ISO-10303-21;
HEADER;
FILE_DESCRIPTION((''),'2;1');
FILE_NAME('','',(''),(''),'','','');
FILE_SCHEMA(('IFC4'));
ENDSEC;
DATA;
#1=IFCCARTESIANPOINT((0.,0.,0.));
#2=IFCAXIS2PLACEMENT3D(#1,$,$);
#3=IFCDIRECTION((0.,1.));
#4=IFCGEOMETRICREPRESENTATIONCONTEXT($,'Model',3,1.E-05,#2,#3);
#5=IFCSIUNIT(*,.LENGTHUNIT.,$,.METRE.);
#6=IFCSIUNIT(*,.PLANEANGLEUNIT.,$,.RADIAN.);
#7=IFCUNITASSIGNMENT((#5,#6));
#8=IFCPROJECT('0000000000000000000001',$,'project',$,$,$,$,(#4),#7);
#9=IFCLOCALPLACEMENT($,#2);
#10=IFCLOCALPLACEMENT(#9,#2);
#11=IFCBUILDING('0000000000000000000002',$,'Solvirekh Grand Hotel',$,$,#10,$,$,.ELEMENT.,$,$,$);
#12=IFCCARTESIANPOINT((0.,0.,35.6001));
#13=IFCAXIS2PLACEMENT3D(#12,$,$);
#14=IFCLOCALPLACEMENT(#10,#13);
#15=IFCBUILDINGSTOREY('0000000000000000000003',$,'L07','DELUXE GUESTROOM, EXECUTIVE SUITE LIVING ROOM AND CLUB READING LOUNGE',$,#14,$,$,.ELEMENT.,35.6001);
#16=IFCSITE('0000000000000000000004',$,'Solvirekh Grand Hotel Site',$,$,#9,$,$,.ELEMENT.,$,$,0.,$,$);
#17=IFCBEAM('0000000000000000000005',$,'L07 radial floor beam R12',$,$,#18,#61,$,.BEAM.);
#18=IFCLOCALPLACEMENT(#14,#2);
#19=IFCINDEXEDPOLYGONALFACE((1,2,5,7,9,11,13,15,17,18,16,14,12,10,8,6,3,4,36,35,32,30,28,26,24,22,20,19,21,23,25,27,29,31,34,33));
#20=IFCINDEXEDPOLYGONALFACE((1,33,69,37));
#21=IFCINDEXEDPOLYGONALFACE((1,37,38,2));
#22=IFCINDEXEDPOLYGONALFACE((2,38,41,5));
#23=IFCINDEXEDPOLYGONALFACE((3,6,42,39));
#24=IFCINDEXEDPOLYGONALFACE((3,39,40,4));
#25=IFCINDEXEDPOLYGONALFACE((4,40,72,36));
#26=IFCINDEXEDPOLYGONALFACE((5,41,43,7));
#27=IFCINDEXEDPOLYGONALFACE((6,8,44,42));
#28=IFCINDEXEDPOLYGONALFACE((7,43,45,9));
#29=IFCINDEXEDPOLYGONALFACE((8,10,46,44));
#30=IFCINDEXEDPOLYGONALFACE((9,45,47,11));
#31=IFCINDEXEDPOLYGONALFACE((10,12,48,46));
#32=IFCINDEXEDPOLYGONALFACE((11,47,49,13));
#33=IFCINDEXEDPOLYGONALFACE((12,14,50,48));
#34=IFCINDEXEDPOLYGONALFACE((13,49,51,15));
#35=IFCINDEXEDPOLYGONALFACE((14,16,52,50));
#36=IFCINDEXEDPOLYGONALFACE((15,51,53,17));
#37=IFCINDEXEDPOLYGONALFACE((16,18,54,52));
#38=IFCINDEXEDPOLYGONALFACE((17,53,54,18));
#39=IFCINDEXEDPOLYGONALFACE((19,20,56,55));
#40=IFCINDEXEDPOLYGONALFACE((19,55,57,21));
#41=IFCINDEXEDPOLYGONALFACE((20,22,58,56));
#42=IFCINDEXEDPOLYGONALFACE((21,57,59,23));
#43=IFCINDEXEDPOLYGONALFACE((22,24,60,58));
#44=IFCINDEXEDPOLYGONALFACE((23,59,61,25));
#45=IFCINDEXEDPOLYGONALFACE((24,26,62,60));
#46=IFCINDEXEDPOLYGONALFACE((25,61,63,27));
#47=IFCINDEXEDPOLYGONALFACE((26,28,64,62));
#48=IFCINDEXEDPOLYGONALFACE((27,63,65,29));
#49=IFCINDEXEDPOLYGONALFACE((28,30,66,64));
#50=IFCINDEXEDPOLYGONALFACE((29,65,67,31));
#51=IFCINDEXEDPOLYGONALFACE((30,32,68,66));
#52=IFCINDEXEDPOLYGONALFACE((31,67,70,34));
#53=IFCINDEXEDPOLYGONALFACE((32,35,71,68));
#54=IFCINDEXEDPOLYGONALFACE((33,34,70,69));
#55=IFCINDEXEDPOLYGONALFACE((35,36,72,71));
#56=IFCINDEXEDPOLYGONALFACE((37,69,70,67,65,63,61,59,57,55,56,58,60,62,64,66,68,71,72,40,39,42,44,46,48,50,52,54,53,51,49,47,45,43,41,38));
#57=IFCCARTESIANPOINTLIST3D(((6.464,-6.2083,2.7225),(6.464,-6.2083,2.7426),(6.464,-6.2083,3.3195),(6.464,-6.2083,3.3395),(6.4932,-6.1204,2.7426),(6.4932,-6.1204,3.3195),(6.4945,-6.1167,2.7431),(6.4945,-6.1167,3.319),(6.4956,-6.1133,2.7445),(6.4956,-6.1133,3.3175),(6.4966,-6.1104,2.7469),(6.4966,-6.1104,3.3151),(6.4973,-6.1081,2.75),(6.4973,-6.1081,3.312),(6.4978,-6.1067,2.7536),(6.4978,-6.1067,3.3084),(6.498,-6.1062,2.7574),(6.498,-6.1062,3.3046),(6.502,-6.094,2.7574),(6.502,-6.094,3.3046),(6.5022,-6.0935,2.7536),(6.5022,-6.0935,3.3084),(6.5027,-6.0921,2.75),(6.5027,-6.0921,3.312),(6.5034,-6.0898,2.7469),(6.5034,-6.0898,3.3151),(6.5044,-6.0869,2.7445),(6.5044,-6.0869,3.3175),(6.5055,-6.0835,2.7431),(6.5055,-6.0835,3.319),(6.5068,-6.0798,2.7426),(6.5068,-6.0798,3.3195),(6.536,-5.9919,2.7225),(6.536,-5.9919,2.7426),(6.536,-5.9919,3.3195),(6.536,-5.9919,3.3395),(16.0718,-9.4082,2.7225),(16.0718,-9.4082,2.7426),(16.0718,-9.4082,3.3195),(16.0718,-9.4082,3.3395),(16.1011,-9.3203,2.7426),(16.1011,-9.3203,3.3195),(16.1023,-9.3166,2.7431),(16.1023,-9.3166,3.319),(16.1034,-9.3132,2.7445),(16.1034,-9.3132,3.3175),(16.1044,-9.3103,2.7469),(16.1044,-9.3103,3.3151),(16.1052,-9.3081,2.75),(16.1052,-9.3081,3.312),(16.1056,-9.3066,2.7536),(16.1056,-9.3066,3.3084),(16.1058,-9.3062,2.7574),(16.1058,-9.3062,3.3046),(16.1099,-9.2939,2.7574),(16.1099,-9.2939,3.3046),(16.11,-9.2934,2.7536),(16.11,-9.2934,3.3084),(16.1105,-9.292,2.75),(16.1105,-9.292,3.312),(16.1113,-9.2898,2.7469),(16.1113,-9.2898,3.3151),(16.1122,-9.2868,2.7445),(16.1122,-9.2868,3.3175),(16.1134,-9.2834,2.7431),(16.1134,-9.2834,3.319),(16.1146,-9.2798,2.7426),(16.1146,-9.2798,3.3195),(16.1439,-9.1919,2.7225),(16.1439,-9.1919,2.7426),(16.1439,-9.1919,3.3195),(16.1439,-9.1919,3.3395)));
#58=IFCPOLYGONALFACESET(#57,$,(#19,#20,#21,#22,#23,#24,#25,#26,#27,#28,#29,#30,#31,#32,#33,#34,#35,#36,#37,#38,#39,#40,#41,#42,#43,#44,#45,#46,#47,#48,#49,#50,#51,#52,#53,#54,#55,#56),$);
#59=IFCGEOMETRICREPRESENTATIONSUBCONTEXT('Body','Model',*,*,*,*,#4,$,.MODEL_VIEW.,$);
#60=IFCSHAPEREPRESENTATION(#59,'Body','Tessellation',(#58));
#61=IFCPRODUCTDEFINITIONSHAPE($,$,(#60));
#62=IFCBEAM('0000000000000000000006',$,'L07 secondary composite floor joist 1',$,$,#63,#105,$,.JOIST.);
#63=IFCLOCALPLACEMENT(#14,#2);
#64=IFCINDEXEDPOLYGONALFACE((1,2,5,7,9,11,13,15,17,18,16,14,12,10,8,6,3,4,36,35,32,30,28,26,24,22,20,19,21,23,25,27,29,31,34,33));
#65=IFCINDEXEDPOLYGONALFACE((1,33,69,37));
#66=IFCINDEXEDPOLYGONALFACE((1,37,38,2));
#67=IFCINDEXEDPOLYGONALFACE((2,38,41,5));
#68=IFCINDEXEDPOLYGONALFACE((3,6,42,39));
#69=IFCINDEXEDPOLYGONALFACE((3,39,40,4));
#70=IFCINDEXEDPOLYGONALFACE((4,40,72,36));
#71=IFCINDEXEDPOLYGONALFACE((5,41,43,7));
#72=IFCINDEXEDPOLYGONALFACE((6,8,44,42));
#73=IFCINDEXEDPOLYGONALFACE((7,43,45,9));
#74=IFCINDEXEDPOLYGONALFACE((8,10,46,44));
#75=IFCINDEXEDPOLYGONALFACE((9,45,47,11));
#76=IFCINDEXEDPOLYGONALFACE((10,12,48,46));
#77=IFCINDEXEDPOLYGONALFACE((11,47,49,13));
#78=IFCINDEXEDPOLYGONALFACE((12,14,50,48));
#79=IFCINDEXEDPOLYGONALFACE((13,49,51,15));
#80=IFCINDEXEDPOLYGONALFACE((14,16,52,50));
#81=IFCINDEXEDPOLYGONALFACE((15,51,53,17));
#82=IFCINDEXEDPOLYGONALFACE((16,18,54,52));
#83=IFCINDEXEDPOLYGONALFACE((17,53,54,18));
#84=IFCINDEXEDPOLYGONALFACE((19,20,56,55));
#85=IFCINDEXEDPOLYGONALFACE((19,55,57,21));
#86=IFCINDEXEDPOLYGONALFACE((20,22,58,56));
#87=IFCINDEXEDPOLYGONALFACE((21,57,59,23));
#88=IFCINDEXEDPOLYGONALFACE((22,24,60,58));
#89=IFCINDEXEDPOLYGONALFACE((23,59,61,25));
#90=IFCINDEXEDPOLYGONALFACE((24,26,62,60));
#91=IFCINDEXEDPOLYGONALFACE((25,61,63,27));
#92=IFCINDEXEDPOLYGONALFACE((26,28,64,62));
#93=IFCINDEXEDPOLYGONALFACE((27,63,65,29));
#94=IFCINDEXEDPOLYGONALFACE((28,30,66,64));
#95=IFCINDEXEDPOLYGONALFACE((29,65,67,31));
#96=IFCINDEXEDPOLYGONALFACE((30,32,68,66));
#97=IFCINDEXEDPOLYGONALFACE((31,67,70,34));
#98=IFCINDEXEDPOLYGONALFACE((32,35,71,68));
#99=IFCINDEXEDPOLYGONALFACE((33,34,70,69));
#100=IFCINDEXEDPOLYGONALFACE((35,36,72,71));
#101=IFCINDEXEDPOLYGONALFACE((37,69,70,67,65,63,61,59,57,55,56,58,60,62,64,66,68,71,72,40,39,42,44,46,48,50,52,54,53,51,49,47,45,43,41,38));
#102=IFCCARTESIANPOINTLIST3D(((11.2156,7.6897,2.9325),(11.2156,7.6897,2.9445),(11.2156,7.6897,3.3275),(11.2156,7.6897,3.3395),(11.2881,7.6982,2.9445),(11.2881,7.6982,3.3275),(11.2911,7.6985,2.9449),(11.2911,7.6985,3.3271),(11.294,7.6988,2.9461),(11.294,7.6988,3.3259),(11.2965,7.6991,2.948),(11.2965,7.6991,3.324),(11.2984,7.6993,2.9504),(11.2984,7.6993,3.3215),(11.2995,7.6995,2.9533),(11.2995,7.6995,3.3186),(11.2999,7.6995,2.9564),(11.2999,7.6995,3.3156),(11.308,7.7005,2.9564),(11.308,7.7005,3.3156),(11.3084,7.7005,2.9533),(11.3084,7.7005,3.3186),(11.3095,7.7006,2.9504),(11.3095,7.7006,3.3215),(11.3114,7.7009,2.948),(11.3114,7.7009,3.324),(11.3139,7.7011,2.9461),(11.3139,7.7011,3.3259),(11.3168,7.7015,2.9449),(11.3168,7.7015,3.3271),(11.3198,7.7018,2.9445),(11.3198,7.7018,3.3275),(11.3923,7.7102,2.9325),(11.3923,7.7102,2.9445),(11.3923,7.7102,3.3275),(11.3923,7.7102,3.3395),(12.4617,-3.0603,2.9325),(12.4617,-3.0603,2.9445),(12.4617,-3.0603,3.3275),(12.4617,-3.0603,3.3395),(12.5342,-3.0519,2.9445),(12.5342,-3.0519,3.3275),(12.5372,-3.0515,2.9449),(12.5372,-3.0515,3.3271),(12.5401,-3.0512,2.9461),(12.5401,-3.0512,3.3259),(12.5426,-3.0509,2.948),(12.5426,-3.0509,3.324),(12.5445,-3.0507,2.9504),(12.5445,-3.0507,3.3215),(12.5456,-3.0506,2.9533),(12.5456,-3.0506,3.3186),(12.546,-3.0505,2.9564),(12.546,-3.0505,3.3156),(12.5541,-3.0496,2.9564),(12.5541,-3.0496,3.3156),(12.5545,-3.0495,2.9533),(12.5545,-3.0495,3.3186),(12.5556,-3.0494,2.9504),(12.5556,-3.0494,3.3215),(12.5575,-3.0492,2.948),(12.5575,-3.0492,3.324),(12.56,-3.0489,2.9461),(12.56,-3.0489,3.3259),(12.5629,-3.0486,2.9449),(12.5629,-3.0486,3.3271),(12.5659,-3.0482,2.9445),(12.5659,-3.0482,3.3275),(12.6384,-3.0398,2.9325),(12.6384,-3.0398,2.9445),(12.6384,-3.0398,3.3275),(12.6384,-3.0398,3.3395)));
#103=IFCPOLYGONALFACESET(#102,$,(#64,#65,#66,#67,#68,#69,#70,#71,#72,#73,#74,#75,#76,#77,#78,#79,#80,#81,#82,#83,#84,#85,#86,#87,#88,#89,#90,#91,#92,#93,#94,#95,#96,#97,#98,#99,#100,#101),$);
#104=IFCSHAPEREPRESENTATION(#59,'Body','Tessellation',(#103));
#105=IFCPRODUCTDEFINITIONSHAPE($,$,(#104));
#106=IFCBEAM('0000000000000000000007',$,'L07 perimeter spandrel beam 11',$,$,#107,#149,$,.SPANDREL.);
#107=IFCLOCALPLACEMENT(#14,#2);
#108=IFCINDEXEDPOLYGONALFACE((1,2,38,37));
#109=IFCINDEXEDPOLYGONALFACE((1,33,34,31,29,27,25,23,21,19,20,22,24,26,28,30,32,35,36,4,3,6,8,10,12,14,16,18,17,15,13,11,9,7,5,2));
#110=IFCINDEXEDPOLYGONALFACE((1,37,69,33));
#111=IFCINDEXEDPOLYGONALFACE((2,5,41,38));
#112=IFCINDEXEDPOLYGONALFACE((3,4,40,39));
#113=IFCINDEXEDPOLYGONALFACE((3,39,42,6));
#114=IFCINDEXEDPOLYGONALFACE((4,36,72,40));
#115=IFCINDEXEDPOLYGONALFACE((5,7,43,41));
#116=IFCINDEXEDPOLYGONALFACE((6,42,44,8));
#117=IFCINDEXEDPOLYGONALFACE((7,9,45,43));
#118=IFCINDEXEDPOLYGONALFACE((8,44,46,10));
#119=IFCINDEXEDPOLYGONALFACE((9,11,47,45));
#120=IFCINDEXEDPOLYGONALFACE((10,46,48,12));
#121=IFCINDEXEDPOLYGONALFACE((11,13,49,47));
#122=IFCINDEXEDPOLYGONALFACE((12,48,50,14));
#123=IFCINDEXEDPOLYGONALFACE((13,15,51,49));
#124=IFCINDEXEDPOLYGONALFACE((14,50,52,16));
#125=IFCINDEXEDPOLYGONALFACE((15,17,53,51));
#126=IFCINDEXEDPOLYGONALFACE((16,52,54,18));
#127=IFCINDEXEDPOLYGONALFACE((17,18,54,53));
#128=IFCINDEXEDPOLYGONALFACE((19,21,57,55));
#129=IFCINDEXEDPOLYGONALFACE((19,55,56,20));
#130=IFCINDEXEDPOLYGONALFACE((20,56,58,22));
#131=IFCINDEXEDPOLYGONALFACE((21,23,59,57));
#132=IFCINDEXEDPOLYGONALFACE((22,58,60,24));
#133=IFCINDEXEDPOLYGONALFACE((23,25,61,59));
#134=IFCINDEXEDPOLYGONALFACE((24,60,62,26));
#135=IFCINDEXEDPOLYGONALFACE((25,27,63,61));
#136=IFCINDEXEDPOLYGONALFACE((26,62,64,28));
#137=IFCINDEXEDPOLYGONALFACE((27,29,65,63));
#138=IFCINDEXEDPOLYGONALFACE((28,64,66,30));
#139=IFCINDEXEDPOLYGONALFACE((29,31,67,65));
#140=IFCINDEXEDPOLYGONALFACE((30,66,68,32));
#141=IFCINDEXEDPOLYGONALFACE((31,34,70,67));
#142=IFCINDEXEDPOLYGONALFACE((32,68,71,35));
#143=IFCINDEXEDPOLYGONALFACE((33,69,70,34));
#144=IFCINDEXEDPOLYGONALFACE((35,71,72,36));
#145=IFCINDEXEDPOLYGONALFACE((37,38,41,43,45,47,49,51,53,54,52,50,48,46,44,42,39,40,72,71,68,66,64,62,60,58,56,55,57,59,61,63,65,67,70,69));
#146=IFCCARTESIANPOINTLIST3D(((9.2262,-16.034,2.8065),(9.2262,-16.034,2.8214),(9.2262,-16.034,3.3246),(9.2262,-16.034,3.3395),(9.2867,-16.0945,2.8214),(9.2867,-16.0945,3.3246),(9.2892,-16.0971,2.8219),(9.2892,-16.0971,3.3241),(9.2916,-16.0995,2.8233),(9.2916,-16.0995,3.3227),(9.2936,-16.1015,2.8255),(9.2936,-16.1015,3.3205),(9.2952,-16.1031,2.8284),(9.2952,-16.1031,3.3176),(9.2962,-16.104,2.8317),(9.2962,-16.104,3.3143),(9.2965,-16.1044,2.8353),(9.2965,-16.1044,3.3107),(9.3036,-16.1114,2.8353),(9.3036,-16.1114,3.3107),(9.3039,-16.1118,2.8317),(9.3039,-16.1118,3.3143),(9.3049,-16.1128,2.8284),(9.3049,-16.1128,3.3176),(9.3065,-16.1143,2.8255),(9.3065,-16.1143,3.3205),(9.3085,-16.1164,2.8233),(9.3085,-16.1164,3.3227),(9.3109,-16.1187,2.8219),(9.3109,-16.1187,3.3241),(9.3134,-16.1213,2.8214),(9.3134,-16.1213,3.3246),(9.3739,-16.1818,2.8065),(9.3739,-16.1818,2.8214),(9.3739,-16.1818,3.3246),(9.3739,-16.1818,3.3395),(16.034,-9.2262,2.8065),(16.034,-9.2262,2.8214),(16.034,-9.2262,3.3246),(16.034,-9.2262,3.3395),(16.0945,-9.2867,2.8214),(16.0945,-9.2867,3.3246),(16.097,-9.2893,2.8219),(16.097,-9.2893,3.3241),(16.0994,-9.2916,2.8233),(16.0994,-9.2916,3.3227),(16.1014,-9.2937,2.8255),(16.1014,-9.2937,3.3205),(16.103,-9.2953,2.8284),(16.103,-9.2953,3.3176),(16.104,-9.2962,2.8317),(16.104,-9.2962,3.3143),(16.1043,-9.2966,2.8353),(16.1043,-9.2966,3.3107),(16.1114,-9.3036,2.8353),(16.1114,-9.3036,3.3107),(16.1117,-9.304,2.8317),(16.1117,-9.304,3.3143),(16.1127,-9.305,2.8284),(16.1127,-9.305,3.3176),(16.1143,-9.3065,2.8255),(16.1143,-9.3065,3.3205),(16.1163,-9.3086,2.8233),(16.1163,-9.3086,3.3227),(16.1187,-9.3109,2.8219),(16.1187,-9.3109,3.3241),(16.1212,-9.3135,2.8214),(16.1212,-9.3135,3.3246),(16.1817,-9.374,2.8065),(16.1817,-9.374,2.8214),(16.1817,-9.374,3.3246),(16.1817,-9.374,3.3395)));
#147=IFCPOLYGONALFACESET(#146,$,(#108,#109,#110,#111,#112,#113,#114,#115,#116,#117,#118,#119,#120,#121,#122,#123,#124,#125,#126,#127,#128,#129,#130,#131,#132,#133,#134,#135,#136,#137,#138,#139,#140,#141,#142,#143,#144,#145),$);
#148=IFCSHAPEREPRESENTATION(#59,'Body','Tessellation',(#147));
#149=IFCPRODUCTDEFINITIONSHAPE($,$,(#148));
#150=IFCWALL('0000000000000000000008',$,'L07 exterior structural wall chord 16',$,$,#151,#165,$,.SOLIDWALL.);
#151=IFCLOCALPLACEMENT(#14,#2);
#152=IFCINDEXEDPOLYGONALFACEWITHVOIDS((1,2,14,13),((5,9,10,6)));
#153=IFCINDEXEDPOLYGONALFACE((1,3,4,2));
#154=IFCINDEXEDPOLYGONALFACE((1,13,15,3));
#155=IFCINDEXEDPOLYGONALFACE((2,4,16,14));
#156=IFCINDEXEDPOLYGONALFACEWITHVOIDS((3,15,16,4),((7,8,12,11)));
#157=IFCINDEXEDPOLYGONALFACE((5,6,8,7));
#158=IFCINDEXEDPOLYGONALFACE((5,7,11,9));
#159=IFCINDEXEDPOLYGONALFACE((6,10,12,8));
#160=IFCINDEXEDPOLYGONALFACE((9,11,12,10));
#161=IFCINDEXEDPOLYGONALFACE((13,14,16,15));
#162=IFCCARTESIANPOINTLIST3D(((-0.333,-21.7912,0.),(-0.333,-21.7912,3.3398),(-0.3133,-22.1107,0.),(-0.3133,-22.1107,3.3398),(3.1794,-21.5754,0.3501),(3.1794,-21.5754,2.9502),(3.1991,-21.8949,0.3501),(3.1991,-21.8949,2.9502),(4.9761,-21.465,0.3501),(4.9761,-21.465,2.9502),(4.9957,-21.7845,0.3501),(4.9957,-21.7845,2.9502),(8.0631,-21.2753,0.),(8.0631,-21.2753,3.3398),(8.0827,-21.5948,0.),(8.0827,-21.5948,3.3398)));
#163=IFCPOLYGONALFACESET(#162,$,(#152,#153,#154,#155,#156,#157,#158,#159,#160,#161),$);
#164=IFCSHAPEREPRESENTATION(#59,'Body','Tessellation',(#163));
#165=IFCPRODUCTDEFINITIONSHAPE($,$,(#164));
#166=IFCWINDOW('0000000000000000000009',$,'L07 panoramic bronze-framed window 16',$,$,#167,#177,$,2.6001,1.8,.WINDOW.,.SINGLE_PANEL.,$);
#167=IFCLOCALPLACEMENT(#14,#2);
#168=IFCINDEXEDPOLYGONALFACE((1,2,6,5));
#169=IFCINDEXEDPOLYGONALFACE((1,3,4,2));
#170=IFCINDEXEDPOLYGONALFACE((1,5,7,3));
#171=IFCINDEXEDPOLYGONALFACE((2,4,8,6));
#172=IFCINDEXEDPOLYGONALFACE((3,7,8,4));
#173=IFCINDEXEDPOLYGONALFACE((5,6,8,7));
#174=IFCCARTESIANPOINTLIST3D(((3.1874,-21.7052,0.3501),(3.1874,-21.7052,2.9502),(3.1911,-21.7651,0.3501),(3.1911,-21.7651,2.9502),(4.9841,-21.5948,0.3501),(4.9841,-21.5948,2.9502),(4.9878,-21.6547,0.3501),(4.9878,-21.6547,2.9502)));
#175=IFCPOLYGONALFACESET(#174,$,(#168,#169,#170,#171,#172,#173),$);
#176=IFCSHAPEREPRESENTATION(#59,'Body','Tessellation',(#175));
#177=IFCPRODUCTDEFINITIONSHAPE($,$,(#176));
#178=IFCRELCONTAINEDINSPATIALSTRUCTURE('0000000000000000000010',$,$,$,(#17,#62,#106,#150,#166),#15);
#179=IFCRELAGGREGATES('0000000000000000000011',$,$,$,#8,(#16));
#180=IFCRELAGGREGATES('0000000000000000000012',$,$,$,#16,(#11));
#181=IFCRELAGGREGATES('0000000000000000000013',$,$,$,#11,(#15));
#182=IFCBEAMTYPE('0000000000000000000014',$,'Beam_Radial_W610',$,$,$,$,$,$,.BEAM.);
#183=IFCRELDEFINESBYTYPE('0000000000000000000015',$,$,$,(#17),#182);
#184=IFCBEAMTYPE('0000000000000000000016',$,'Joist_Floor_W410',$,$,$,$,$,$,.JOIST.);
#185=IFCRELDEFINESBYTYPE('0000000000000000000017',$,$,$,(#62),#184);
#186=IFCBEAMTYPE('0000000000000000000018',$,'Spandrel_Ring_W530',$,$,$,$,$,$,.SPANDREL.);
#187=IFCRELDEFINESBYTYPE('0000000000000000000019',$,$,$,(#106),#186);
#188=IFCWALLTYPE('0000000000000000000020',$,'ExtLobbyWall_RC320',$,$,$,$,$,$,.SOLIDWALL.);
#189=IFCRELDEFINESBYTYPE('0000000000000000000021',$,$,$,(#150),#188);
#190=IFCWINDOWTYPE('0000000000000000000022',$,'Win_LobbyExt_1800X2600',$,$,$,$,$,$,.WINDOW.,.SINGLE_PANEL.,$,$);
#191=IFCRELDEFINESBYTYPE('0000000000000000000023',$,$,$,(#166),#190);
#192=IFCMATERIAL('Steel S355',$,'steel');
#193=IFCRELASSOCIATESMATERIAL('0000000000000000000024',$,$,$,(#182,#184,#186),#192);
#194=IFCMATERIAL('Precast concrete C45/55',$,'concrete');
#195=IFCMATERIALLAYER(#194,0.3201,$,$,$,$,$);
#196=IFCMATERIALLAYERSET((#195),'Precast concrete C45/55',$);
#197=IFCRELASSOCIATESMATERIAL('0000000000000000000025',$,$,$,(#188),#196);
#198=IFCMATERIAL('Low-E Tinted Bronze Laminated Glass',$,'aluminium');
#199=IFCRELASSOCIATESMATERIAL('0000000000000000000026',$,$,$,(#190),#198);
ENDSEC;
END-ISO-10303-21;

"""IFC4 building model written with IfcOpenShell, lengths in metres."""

from ifc_helpers import new_model, si_unit, direction, frame, frame_2d, origin, origin_2d, place, context, subcontext, project, spatial, rectangle, i_section, extrude, material, layer, layer_set, material_profile, profile_set, type_object, element, fill, save


model = new_model("IFC4")

# Units and contexts
model_context = context("Model", 3, precision=1e-05, world=origin(), true_north=direction((0.0, 1.0)))
body_context = subcontext(model_context, "Body", "Model", "MODEL_VIEW")
ifc_project = project(units=[si_unit("LENGTHUNIT", "METRE"), si_unit("PLANEANGLEUNIT", "RADIAN")], contexts=[model_context])

# Site, building, storey
site_placement = place(None, origin())
site = spatial("IfcSite", under=ifc_project, at=site_placement, Name="Solvirekh Grand Hotel Site", CompositionType="ELEMENT", RefElevation=0.0)
building_placement = place(site_placement, origin())
building = spatial("IfcBuilding", under=site, at=building_placement, Name="Solvirekh Grand Hotel", CompositionType="ELEMENT")
storey_placement = place(building_placement, frame((0.0, 0.0, 35.6001)))
storey = spatial("IfcBuildingStorey", under=building, at=storey_placement, Name="L07", Description="DELUXE GUESTROOM, EXECUTIVE SUITE LIVING ROOM AND CLUB READING LOUNGE", CompositionType="ELEMENT", Elevation=35.6001)

# Beams
ifc_material_1 = material(Name="Steel S355", Category="steel")
ifc_material_profile_1 = material_profile(ifc_material_1, i_section(OverallWidth=0.228, OverallDepth=0.6169, WebThickness=0.0129, FlangeThickness=0.02, FilletRadius=0.0149, at=origin_2d()), Name="W610X140")
ifc_profile_set_1 = profile_set([ifc_material_profile_1], Name="Steel S355")
beam_type_1 = type_object("IfcBeamType", Name="Beam_Radial_W610", PredefinedType="BEAM", material=ifc_profile_set_1)
beam_1_placement = place(storey_placement, frame((6.5, -6.1001, 3.031), z_axis=(0.948763, -0.315989, 0.0), x_axis=(0.315989, 0.948763, 0.0)))
element("IfcBeam", 1, at=beam_1_placement, inside=storey, type_object=beam_type_1, Name="L07 radial floor beam R12", PredefinedType="BEAM", context=body_context, shape_type="SweptSolid", body=[
    extrude(i_section(OverallWidth=0.228, OverallDepth=0.6169, WebThickness=0.0129, FlangeThickness=0.02, FilletRadius=0.0149, at=origin_2d()), origin(), (0.0, 0.0, 1.0), 10.1267),
])
ifc_material_profile_2 = material_profile(ifc_material_1, i_section(OverallWidth=0.178, OverallDepth=0.407, WebThickness=0.0081, FlangeThickness=0.012, FilletRadius=0.012, at=origin_2d()), Name="W410X60")
ifc_profile_set_2 = profile_set([ifc_material_profile_2], Name="Steel S355")
beam_type_2 = type_object("IfcBeamType", Name="Joist_Floor_W410", PredefinedType="JOIST", material=ifc_profile_set_2)
beam_2_placement = place(storey_placement, frame((12.55, -3.05, 3.136), z_axis=(-0.115145, 0.993349, 0.0), x_axis=(-0.993349, -0.115145, 0.0)))
element("IfcBeam", 2, at=beam_2_placement, inside=storey, type_object=beam_type_2, Name="L07 secondary composite floor joist 1", PredefinedType="JOIST", context=body_context, shape_type="SweptSolid", body=[
    extrude(i_section(OverallWidth=0.178, OverallDepth=0.407, WebThickness=0.0081, FlangeThickness=0.012, FilletRadius=0.012, at=origin_2d()), origin(), (0.0, 0.0, 1.0), 10.822),
])
ifc_material_profile_3 = material_profile(ifc_material_1, i_section(OverallWidth=0.209, OverallDepth=0.533, WebThickness=0.01, FlangeThickness=0.0149, FilletRadius=0.0139, at=origin_2d()), Name="W530X92")
ifc_profile_set_3 = profile_set([ifc_material_profile_3], Name="Steel S355")
beam_type_3 = type_object("IfcBeamType", Name="Spandrel_Ring_W530", PredefinedType="SPANDREL", material=ifc_profile_set_3)
beam_3_placement = place(storey_placement, frame((9.3, -16.1079, 3.073), z_axis=(0.707107, 0.707107, 0.0), x_axis=(-0.707107, 0.707107, 0.0)))
element("IfcBeam", 3, at=beam_3_placement, inside=storey, type_object=beam_type_3, Name="L07 perimeter spandrel beam 11", PredefinedType="SPANDREL", context=body_context, shape_type="SweptSolid", body=[
    extrude(i_section(OverallWidth=0.209, OverallDepth=0.533, WebThickness=0.01, FlangeThickness=0.0149, FilletRadius=0.0139, at=origin_2d()), origin(), (0.0, 0.0, 1.0), 9.6277),
])

# Wall, opening, window
ifc_material_2 = material(Name="Precast concrete C45/55", Category="concrete")
ifc_layer_1 = layer(ifc_material_2, 0.3201)
ifc_layer_set_1 = layer_set([ifc_layer_1], Name="Precast concrete C45/55")
wall_type_1 = type_object("IfcWallType", Name="ExtLobbyWall_RC320", PredefinedType="SOLIDWALL", material=ifc_layer_set_1)
wall_1_placement = place(storey_placement, frame((8.073, -21.4351, 0.0), z_axis=(0.0, 0.0, 1.0), x_axis=(-0.998118, -0.061327, 0.0)))
wall_1 = element("IfcWall", 4, at=wall_1_placement, inside=storey, type_object=wall_type_1, Name="L07 exterior structural wall chord 16", PredefinedType="SOLIDWALL", context=body_context, shape_type="SweptSolid", body=[
    extrude(rectangle(XDim=8.4119, YDim=0.3201, at=frame_2d((4.2061, 0.0))), origin(), (0.0, 0.0, 1.0), 3.3398),
])
opening_1_placement = place(wall_1_placement, frame((3.093, 0.0, 0.3501)))
opening_1 = element("IfcOpeningElement", 5, at=opening_1_placement, cuts=wall_1, PredefinedType="OPENING", context=body_context, shape_type="SweptSolid", body=[
    extrude(rectangle(XDim=1.8, YDim=2.6001, at=frame_2d((0.8999, 1.3))), frame((0.0, 0.1699, 0.0), z_axis=(0.0, -1.0, 0.0), x_axis=(1.0, 0.0, 0.0)), (0.0, 0.0, 1.0), 0.3401),
])
ifc_material_3 = material(Name="Low-E Tinted Bronze Laminated Glass", Category="aluminium")
window_type = type_object("IfcWindowType", Name="Win_LobbyExt_1800X2600", PartitioningType="SINGLE_PANEL", PredefinedType="WINDOW", material=ifc_material_3)
window_1_placement = place(opening_1_placement, origin())
window_1 = element("IfcWindow", 6, at=window_1_placement, inside=storey, type_object=window_type, Name="L07 panoramic bronze-framed window 16", OverallHeight=2.6001, OverallWidth=1.8, PartitioningType="SINGLE_PANEL", PredefinedType="WINDOW", context=body_context, shape_type="SweptSolid", body=[
    extrude(rectangle(XDim=1.8, YDim=2.6001, at=frame_2d((0.8999, 1.3))), frame((0.0, 0.03, 0.0), z_axis=(0.0, -1.0, 0.0), x_axis=(1.0, 0.0, 0.0)), (0.0, 0.0, 1.0), 0.0601),
])
fill(opening_1, window_1)

save(model, "model.ifc")
